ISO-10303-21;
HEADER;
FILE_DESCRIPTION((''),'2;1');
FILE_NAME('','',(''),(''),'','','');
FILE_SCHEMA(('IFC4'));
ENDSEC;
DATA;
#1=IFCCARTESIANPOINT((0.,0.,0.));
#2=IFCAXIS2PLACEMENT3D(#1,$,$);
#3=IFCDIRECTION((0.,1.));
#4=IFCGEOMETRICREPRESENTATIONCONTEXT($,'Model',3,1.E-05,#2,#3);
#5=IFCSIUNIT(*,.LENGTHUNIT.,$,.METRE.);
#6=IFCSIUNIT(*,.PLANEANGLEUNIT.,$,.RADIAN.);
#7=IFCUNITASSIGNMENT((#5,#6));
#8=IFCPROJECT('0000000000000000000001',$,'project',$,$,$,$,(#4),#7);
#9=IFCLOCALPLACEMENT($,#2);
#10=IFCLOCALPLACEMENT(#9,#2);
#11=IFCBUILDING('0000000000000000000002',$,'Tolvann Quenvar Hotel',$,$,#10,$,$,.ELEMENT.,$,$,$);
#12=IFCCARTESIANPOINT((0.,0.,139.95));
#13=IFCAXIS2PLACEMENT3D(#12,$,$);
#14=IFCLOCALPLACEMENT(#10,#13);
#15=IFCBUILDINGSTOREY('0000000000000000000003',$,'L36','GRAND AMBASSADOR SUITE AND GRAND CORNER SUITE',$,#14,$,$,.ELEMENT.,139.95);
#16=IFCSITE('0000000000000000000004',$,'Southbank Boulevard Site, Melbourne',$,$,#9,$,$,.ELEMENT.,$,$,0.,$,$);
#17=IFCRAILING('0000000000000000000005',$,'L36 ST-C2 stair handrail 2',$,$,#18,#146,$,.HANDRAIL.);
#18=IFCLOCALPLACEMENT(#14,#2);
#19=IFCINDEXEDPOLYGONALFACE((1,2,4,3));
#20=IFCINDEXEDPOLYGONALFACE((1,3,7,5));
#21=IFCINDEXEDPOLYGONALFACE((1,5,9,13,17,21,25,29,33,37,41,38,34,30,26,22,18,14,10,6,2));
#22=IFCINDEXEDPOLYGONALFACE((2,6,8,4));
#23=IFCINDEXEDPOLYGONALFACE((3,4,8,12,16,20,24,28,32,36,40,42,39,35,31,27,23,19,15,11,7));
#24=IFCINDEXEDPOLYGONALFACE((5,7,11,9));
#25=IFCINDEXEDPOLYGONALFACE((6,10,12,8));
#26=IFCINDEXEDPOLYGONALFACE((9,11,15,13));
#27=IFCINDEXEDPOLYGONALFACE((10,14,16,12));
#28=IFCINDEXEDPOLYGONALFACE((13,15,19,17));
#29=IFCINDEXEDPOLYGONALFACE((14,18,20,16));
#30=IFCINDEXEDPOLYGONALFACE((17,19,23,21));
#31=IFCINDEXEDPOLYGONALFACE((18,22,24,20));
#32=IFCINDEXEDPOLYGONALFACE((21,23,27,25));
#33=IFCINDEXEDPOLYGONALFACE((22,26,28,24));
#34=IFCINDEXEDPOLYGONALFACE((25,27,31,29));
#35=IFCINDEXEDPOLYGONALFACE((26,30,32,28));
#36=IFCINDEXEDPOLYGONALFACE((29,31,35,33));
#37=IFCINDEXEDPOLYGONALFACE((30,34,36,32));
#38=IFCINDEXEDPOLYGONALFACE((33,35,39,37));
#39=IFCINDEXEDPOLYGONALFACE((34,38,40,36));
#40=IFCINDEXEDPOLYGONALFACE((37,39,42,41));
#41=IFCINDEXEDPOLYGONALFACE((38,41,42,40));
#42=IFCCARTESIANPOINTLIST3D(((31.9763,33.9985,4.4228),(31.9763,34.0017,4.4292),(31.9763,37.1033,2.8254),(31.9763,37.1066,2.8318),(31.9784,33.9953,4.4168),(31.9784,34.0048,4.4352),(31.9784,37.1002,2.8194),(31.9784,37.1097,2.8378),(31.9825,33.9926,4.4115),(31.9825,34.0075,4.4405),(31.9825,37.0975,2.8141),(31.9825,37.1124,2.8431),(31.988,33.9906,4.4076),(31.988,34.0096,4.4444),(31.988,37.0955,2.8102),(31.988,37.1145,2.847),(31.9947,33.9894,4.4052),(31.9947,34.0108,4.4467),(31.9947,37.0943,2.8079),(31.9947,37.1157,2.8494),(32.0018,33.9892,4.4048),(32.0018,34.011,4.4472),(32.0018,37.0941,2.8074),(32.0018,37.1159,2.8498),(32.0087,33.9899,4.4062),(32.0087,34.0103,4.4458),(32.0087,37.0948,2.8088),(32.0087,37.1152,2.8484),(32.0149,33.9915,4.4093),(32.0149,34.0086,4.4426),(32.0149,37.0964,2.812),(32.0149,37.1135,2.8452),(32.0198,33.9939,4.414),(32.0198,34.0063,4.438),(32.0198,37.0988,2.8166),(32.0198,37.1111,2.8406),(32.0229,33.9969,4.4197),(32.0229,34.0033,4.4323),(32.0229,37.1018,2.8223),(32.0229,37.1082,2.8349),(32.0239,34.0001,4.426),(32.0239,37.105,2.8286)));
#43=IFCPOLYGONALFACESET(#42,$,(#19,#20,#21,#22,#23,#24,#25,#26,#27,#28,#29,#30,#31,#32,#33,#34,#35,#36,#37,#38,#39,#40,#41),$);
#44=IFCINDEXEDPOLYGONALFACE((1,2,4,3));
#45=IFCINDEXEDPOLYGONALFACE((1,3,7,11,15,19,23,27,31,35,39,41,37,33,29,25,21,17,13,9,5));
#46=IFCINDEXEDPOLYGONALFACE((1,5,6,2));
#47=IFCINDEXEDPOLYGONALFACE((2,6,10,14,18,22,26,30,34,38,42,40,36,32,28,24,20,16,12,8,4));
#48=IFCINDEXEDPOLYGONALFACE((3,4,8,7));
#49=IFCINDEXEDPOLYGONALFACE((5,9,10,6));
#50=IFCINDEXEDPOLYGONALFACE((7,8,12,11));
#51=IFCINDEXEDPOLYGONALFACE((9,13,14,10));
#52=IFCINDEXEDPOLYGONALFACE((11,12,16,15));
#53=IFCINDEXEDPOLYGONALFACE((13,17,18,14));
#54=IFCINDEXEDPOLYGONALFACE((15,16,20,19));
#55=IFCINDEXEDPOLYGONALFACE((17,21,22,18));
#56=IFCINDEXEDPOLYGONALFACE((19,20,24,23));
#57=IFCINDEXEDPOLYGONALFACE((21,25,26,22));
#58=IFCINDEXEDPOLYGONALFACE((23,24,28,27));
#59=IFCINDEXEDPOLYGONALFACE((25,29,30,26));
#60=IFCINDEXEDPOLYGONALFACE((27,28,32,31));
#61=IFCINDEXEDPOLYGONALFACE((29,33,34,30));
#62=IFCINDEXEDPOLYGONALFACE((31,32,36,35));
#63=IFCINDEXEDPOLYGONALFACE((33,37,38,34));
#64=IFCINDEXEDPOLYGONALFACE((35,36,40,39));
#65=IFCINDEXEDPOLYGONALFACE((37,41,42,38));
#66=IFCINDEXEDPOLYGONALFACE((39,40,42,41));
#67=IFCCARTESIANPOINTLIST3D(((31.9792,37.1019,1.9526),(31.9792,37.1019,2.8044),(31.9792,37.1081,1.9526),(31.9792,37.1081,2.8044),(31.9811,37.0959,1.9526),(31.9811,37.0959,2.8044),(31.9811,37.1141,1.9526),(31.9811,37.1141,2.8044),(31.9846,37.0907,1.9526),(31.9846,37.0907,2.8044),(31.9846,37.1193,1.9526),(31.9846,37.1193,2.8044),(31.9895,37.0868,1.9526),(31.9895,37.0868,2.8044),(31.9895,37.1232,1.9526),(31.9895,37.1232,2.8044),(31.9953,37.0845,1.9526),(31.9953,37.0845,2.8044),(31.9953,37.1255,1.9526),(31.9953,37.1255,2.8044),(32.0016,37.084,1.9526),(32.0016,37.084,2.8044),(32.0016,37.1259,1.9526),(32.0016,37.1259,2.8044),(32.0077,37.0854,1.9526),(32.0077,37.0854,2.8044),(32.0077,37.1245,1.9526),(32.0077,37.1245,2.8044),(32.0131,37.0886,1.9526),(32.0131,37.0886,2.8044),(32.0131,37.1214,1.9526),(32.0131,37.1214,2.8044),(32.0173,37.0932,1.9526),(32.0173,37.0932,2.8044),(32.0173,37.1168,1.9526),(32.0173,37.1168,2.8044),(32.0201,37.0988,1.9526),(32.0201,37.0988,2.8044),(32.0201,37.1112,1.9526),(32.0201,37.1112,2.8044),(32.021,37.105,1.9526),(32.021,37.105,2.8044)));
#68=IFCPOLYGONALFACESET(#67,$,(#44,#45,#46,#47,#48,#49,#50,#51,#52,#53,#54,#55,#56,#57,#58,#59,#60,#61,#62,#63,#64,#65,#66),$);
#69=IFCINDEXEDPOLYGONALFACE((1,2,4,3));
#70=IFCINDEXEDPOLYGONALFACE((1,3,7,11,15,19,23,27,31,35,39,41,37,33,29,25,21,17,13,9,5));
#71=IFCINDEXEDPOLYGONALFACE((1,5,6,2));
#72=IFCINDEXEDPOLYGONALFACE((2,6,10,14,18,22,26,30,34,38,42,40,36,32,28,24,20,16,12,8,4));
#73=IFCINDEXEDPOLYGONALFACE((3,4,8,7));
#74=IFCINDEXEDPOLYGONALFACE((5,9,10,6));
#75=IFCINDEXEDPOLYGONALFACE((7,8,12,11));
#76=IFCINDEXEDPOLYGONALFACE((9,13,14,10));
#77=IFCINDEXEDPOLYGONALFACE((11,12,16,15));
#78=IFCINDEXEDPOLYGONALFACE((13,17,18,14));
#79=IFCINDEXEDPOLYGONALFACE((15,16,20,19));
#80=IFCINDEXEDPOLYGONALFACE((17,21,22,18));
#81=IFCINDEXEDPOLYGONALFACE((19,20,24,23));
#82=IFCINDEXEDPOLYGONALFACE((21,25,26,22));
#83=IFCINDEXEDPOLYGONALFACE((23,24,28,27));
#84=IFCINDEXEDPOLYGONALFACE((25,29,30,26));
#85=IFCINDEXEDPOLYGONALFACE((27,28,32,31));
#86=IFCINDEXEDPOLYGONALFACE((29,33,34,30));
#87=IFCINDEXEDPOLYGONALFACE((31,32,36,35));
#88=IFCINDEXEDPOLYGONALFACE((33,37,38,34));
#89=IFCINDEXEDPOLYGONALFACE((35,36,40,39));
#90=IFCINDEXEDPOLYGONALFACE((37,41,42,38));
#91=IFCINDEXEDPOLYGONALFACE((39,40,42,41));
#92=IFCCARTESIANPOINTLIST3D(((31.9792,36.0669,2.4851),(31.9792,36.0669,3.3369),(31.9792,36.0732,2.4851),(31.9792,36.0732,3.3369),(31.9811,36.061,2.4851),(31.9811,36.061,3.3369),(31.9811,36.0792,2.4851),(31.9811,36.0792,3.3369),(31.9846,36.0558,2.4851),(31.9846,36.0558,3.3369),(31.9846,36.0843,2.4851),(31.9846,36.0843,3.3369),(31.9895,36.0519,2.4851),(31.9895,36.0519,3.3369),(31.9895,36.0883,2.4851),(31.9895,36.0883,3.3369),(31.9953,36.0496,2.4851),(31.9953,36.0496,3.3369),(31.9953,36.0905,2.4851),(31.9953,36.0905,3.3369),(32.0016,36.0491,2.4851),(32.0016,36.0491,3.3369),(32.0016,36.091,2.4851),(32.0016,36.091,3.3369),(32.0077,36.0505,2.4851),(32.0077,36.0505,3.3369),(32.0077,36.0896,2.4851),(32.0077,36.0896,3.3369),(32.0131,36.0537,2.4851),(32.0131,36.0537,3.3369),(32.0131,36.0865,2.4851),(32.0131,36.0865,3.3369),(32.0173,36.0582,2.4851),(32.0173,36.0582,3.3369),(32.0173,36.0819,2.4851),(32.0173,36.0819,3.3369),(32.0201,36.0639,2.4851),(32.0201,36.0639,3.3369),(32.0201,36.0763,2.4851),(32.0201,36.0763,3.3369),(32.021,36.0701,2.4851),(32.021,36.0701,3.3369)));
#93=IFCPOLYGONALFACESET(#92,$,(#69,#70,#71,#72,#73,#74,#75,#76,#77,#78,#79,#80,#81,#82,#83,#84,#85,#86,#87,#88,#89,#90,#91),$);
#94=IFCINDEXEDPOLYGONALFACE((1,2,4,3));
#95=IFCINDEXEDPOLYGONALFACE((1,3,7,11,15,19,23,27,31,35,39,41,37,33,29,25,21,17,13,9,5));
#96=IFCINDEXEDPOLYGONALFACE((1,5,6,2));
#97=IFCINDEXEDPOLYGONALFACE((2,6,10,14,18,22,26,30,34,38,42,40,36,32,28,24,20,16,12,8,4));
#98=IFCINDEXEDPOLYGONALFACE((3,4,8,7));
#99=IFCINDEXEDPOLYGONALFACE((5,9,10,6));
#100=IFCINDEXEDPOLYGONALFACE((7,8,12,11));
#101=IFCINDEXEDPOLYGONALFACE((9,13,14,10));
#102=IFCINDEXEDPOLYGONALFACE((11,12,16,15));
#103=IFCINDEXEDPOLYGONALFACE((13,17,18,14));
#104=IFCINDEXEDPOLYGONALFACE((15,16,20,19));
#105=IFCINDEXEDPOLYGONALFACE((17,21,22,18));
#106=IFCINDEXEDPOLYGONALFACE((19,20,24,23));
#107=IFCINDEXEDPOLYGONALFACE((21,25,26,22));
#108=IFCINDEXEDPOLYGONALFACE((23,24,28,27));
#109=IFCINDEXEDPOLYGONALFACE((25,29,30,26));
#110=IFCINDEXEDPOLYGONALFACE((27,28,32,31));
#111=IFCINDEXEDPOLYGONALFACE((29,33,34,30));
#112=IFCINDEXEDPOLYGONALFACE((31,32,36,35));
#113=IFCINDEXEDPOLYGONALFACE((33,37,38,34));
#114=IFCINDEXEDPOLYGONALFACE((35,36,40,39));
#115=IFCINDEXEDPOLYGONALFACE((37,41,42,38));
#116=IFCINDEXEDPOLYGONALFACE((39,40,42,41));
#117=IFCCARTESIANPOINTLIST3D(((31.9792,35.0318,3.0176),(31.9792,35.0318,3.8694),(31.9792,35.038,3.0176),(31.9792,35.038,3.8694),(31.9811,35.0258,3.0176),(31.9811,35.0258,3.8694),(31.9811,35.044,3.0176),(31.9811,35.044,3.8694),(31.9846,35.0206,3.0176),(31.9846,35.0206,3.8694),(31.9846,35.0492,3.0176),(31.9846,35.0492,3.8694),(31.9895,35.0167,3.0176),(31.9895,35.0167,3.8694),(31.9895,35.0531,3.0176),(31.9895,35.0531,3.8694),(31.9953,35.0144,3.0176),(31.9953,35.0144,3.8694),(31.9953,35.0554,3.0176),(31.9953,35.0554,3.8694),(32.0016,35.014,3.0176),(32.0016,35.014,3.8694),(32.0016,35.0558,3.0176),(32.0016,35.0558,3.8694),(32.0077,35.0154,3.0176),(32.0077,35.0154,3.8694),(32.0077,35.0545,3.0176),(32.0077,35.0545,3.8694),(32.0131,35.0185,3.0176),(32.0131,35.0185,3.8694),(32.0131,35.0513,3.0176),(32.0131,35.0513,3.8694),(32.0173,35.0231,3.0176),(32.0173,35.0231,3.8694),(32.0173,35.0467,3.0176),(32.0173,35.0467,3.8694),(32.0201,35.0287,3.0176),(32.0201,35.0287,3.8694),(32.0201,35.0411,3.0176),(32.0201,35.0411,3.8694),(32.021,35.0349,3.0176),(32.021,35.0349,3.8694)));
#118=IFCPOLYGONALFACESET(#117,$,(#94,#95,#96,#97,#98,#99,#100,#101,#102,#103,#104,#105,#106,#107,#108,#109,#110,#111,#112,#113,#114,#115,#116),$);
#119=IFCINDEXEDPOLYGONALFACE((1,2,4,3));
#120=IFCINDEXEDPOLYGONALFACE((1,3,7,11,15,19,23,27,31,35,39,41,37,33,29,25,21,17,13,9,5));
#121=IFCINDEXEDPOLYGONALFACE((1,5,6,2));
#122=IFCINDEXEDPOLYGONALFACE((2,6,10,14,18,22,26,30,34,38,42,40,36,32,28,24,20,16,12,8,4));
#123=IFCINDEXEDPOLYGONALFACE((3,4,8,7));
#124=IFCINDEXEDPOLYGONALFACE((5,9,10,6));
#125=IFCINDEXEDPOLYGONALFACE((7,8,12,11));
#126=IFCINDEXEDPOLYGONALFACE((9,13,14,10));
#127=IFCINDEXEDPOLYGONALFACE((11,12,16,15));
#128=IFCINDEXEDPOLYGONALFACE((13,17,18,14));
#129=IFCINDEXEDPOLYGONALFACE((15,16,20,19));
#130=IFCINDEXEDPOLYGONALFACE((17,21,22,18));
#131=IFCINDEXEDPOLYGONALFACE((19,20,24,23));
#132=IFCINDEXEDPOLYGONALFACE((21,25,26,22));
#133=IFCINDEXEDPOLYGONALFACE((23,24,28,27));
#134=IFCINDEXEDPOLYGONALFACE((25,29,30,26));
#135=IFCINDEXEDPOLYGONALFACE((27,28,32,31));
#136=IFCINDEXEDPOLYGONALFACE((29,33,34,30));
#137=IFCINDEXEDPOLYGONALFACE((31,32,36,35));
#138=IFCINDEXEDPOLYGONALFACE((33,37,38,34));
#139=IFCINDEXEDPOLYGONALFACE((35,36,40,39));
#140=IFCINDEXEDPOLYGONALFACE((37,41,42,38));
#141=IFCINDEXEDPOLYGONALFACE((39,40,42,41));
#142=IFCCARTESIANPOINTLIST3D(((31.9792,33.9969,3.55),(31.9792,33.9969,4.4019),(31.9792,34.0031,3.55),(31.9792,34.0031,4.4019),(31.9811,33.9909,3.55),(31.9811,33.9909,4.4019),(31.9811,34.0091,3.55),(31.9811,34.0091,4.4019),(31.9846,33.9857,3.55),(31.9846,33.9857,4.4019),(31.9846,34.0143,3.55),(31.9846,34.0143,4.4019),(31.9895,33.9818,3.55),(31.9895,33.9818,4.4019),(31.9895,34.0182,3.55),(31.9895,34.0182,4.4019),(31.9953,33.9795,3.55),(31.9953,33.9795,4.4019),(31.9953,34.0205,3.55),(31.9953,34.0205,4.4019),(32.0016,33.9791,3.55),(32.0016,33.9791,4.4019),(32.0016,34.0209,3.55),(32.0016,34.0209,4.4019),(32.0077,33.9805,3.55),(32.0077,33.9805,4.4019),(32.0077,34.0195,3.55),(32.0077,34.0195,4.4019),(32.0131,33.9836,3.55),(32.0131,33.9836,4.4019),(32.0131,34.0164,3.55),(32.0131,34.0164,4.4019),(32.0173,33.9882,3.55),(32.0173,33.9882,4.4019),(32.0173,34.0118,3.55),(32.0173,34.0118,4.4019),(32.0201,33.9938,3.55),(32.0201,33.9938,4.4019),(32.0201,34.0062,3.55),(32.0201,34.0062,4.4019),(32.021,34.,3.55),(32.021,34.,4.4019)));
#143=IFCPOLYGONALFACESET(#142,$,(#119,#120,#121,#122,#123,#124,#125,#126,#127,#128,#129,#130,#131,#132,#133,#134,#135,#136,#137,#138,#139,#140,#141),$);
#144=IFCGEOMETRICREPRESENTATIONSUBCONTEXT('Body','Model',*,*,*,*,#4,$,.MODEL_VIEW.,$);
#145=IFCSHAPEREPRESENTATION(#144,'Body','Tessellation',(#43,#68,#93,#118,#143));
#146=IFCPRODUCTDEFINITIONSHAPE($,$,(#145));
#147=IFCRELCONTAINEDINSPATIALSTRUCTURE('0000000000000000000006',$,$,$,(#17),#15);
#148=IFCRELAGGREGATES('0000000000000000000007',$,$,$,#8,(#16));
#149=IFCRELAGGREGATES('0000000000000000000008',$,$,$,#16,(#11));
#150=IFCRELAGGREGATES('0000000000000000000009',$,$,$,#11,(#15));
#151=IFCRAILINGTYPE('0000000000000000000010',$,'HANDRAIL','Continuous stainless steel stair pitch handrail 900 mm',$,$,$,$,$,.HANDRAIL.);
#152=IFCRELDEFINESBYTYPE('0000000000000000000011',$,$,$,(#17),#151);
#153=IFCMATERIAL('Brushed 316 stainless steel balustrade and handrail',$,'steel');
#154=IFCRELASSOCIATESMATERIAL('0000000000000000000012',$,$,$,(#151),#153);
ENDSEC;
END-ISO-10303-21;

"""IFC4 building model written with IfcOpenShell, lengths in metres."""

from ifc_helpers import new_model, si_unit, direction, frame, origin, origin_2d, place, context, subcontext, project, spatial, circle, extrude, material, type_object, element, save


model = new_model("IFC4")

# Units and contexts
model_context = context("Model", 3, precision=1e-05, world=origin(), true_north=direction((0.0, 1.0)))
body_context = subcontext(model_context, "Body", "Model", "MODEL_VIEW")
ifc_project = project(units=[si_unit("LENGTHUNIT", "METRE"), si_unit("PLANEANGLEUNIT", "RADIAN")], contexts=[model_context])

# Site, building, storey
site_placement = place(None, origin())
site = spatial("IfcSite", under=ifc_project, at=site_placement, Name="Southbank Boulevard Site, Melbourne", CompositionType="ELEMENT", RefElevation=0.0)
building_placement = place(site_placement, origin())
building = spatial("IfcBuilding", under=site, at=building_placement, Name="Tolvann Quenvar Hotel", CompositionType="ELEMENT")
storey_placement = place(building_placement, frame((0.0, 0.0, 139.95)))
storey = spatial("IfcBuildingStorey", under=building, at=storey_placement, Name="L36", Description="GRAND AMBASSADOR SUITE AND GRAND CORNER SUITE", CompositionType="ELEMENT", Elevation=139.95)

# Railing
ifc_material_1 = material(Name="Brushed 316 stainless steel balustrade and handrail", Category="steel")
railing_type_1 = type_object("IfcRailingType", Name="HANDRAIL", Description="Continuous stainless steel stair pitch handrail 900 mm", PredefinedType="HANDRAIL", material=ifc_material_1)
railing_1_placement = place(storey_placement, frame((32.0, 37.105, 1.9526)))
element("IfcRailing", 1, at=railing_1_placement, inside=storey, type_object=railing_type_1, Name="L36 ST-C2 stair handrail 2", PredefinedType="HANDRAIL", context=body_context, shape_type="SweptSolid", body=[
    extrude(circle(Radius=0.0239, at=origin_2d()), frame((0.0, 0.0, 0.876), z_axis=(0.0, -0.889222, 0.457476), x_axis=(1.0, 0.0, 0.0)), (0.0, 0.0, 1.0), 3.4917),
    extrude(circle(Radius=0.021, at=origin_2d()), origin(), (0.0, 0.0, 1.0), 0.8518),
    extrude(circle(Radius=0.021, at=origin_2d()), frame((0.0, -1.0349, 0.5325)), (0.0, 0.0, 1.0), 0.8518),
    extrude(circle(Radius=0.021, at=origin_2d()), frame((0.0, -2.0701, 1.0649)), (0.0, 0.0, 1.0), 0.8518),
    extrude(circle(Radius=0.021, at=origin_2d()), frame((0.0, -3.105, 1.5974)), (0.0, 0.0, 1.0), 0.8518),
])

save(model, "model.ifc")
